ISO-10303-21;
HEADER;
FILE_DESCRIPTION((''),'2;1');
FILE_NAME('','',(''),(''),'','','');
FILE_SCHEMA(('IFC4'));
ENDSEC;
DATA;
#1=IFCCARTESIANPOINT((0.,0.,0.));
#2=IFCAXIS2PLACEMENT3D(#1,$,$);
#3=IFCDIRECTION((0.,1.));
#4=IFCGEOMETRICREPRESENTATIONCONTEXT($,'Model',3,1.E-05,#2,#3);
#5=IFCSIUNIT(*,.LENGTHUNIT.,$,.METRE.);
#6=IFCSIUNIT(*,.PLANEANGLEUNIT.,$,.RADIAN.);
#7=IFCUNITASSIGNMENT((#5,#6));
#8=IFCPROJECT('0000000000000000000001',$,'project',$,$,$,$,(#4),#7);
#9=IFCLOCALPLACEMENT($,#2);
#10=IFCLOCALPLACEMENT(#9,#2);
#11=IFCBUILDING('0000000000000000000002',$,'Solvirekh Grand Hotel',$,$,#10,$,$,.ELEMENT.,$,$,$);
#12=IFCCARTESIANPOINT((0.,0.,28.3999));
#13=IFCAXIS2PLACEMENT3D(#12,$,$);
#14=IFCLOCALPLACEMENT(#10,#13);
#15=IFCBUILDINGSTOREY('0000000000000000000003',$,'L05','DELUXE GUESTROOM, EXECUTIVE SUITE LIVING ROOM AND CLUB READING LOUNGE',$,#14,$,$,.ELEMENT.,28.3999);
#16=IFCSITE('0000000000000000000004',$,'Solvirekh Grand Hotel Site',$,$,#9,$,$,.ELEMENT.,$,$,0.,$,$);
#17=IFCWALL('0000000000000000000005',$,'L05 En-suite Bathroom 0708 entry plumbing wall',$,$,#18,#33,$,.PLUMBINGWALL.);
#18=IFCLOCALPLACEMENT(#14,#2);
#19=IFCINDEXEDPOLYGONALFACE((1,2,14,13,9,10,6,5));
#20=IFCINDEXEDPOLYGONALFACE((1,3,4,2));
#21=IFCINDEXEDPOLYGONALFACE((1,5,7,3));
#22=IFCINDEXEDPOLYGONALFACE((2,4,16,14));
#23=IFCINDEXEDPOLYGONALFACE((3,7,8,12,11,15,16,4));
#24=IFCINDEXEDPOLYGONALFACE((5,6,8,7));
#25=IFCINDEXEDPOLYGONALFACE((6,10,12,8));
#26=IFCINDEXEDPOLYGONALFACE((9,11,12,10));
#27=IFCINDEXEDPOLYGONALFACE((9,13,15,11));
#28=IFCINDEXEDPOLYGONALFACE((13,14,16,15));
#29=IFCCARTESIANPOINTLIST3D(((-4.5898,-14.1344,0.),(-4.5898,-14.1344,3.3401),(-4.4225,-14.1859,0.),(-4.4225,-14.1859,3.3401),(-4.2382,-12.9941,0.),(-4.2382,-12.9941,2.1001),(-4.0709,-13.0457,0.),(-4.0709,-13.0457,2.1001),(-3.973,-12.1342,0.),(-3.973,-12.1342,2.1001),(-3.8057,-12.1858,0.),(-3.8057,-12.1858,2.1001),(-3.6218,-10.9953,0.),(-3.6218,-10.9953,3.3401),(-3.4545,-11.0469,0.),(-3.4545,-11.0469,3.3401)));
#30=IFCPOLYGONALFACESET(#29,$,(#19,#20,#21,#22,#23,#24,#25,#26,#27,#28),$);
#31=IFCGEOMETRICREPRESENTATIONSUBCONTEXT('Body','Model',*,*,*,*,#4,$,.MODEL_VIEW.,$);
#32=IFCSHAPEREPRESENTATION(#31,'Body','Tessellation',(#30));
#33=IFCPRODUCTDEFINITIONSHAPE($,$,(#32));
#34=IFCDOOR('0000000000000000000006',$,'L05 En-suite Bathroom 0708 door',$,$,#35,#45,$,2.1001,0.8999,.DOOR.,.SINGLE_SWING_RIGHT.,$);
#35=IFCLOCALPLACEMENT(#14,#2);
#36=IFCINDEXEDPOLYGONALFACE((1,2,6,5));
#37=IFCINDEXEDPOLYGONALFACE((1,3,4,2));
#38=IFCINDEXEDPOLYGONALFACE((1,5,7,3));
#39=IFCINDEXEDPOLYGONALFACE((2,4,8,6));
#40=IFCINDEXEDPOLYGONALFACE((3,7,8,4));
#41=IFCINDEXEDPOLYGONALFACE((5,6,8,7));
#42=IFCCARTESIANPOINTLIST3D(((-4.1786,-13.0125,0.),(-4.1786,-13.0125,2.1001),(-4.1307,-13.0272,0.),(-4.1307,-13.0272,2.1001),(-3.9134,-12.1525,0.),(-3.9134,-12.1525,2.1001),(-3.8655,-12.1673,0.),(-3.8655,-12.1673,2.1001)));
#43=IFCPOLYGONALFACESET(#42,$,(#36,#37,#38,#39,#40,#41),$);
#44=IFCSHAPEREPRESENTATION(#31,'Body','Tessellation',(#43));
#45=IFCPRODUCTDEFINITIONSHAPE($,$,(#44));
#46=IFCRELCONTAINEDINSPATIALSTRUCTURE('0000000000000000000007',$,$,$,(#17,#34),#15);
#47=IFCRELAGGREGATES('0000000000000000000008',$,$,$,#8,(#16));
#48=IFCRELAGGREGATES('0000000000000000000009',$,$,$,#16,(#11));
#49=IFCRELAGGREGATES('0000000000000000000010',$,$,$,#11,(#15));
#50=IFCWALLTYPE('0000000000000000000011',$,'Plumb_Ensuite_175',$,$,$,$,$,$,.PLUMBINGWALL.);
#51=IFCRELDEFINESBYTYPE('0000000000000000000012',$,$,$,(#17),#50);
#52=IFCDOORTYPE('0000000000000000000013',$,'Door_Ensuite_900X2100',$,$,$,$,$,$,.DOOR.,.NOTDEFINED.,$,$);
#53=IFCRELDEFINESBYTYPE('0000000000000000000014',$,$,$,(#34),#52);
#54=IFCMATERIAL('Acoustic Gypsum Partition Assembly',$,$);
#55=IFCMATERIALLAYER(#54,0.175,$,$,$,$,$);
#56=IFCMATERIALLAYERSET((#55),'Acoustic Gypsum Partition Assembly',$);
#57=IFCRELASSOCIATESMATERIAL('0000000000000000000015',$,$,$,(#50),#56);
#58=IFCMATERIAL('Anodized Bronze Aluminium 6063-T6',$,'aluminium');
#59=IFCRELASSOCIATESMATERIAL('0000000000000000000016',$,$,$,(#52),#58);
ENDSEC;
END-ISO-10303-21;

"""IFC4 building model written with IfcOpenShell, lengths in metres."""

from ifc_helpers import new_model, si_unit, direction, frame, frame_2d, origin, place, context, subcontext, project, spatial, rectangle, extrude, material, layer, layer_set, type_object, element, fill, save


model = new_model("IFC4")

# Units and contexts
model_context = context("Model", 3, precision=1e-05, world=origin(), true_north=direction((0.0, 1.0)))
body_context = subcontext(model_context, "Body", "Model", "MODEL_VIEW")
ifc_project = project(units=[si_unit("LENGTHUNIT", "METRE"), si_unit("PLANEANGLEUNIT", "RADIAN")], contexts=[model_context])

# Site, building, storey
site_placement = place(None, origin())
site = spatial("IfcSite", under=ifc_project, at=site_placement, Name="Solvirekh Grand Hotel Site", CompositionType="ELEMENT", RefElevation=0.0)
building_placement = place(site_placement, origin())
building = spatial("IfcBuilding", under=site, at=building_placement, Name="Solvirekh Grand Hotel", CompositionType="ELEMENT")
storey_placement = place(building_placement, frame((0.0, 0.0, 28.3999)))
storey = spatial("IfcBuildingStorey", under=building, at=storey_placement, Name="L05", Description="DELUXE GUESTROOM, EXECUTIVE SUITE LIVING ROOM AND CLUB READING LOUNGE", CompositionType="ELEMENT", Elevation=28.3999)

# Shared definitions
ifc_material_1 = material(Name="Anodized Bronze Aluminium 6063-T6", Category="aluminium")

# Shared definitions
ifc_material_2 = material(Name="Acoustic Gypsum Partition Assembly")

# Shared definitions
ifc_layer_1 = layer(ifc_material_2, 0.175)
ifc_layer_set_1 = layer_set([ifc_layer_1], Name="Acoustic Gypsum Partition Assembly")
wall_type_1 = type_object("IfcWallType", Name="Plumb_Ensuite_175", PredefinedType="PLUMBINGWALL", material=ifc_layer_set_1)

# Wall, opening, door
wall_1_placement = place(storey_placement, frame((-3.5381, -11.021, 0.0), z_axis=(0.0, 0.0, 1.0), x_axis=(-0.294697, -0.955591, 0.0)))
wall_1 = element("IfcWall", 1, at=wall_1_placement, inside=storey, type_object=wall_type_1, Name="L05 En-suite Bathroom 0708 entry plumbing wall", PredefinedType="PLUMBINGWALL", context=body_context, shape_type="SweptSolid", body=[
    extrude(rectangle(XDim=3.2849, YDim=0.175, at=frame_2d((1.6426, 0.0))), origin(), (0.0, 0.0, 1.0), 3.3401),
])
opening_1_placement = place(wall_1_placement, frame((1.1919, 0.0, 0.0)))
opening_1 = element("IfcOpeningElement", 2, at=opening_1_placement, cuts=wall_1, PredefinedType="OPENING", context=body_context, shape_type="SweptSolid", body=[
    extrude(rectangle(XDim=0.8999, YDim=2.1001, at=frame_2d((0.45, 1.05))), frame((0.0, 0.0977, 0.0), z_axis=(0.0, -1.0, 0.0), x_axis=(1.0, 0.0, 0.0)), (0.0, 0.0, 1.0), 0.1951),
])
door_type_1 = type_object("IfcDoorType", Name="Door_Ensuite_900X2100", OperationType="NOTDEFINED", PredefinedType="DOOR", material=ifc_material_1)
door_1_placement = place(opening_1_placement, origin())
door_1 = element("IfcDoor", 3, at=door_1_placement, inside=storey, type_object=door_type_1, Name="L05 En-suite Bathroom 0708 door", OperationType="SINGLE_SWING_RIGHT", OverallHeight=2.1001, OverallWidth=0.8999, PredefinedType="DOOR", context=body_context, shape_type="SweptSolid", body=[
    extrude(rectangle(XDim=0.8999, YDim=2.1001, at=frame_2d((0.45, 1.05))), frame((0.0, 0.0249, 0.0), z_axis=(0.0, -1.0, 0.0), x_axis=(1.0, 0.0, 0.0)), (0.0, 0.0, 1.0), 0.05),
])
fill(opening_1, door_1)

save(model, "model.ifc")
